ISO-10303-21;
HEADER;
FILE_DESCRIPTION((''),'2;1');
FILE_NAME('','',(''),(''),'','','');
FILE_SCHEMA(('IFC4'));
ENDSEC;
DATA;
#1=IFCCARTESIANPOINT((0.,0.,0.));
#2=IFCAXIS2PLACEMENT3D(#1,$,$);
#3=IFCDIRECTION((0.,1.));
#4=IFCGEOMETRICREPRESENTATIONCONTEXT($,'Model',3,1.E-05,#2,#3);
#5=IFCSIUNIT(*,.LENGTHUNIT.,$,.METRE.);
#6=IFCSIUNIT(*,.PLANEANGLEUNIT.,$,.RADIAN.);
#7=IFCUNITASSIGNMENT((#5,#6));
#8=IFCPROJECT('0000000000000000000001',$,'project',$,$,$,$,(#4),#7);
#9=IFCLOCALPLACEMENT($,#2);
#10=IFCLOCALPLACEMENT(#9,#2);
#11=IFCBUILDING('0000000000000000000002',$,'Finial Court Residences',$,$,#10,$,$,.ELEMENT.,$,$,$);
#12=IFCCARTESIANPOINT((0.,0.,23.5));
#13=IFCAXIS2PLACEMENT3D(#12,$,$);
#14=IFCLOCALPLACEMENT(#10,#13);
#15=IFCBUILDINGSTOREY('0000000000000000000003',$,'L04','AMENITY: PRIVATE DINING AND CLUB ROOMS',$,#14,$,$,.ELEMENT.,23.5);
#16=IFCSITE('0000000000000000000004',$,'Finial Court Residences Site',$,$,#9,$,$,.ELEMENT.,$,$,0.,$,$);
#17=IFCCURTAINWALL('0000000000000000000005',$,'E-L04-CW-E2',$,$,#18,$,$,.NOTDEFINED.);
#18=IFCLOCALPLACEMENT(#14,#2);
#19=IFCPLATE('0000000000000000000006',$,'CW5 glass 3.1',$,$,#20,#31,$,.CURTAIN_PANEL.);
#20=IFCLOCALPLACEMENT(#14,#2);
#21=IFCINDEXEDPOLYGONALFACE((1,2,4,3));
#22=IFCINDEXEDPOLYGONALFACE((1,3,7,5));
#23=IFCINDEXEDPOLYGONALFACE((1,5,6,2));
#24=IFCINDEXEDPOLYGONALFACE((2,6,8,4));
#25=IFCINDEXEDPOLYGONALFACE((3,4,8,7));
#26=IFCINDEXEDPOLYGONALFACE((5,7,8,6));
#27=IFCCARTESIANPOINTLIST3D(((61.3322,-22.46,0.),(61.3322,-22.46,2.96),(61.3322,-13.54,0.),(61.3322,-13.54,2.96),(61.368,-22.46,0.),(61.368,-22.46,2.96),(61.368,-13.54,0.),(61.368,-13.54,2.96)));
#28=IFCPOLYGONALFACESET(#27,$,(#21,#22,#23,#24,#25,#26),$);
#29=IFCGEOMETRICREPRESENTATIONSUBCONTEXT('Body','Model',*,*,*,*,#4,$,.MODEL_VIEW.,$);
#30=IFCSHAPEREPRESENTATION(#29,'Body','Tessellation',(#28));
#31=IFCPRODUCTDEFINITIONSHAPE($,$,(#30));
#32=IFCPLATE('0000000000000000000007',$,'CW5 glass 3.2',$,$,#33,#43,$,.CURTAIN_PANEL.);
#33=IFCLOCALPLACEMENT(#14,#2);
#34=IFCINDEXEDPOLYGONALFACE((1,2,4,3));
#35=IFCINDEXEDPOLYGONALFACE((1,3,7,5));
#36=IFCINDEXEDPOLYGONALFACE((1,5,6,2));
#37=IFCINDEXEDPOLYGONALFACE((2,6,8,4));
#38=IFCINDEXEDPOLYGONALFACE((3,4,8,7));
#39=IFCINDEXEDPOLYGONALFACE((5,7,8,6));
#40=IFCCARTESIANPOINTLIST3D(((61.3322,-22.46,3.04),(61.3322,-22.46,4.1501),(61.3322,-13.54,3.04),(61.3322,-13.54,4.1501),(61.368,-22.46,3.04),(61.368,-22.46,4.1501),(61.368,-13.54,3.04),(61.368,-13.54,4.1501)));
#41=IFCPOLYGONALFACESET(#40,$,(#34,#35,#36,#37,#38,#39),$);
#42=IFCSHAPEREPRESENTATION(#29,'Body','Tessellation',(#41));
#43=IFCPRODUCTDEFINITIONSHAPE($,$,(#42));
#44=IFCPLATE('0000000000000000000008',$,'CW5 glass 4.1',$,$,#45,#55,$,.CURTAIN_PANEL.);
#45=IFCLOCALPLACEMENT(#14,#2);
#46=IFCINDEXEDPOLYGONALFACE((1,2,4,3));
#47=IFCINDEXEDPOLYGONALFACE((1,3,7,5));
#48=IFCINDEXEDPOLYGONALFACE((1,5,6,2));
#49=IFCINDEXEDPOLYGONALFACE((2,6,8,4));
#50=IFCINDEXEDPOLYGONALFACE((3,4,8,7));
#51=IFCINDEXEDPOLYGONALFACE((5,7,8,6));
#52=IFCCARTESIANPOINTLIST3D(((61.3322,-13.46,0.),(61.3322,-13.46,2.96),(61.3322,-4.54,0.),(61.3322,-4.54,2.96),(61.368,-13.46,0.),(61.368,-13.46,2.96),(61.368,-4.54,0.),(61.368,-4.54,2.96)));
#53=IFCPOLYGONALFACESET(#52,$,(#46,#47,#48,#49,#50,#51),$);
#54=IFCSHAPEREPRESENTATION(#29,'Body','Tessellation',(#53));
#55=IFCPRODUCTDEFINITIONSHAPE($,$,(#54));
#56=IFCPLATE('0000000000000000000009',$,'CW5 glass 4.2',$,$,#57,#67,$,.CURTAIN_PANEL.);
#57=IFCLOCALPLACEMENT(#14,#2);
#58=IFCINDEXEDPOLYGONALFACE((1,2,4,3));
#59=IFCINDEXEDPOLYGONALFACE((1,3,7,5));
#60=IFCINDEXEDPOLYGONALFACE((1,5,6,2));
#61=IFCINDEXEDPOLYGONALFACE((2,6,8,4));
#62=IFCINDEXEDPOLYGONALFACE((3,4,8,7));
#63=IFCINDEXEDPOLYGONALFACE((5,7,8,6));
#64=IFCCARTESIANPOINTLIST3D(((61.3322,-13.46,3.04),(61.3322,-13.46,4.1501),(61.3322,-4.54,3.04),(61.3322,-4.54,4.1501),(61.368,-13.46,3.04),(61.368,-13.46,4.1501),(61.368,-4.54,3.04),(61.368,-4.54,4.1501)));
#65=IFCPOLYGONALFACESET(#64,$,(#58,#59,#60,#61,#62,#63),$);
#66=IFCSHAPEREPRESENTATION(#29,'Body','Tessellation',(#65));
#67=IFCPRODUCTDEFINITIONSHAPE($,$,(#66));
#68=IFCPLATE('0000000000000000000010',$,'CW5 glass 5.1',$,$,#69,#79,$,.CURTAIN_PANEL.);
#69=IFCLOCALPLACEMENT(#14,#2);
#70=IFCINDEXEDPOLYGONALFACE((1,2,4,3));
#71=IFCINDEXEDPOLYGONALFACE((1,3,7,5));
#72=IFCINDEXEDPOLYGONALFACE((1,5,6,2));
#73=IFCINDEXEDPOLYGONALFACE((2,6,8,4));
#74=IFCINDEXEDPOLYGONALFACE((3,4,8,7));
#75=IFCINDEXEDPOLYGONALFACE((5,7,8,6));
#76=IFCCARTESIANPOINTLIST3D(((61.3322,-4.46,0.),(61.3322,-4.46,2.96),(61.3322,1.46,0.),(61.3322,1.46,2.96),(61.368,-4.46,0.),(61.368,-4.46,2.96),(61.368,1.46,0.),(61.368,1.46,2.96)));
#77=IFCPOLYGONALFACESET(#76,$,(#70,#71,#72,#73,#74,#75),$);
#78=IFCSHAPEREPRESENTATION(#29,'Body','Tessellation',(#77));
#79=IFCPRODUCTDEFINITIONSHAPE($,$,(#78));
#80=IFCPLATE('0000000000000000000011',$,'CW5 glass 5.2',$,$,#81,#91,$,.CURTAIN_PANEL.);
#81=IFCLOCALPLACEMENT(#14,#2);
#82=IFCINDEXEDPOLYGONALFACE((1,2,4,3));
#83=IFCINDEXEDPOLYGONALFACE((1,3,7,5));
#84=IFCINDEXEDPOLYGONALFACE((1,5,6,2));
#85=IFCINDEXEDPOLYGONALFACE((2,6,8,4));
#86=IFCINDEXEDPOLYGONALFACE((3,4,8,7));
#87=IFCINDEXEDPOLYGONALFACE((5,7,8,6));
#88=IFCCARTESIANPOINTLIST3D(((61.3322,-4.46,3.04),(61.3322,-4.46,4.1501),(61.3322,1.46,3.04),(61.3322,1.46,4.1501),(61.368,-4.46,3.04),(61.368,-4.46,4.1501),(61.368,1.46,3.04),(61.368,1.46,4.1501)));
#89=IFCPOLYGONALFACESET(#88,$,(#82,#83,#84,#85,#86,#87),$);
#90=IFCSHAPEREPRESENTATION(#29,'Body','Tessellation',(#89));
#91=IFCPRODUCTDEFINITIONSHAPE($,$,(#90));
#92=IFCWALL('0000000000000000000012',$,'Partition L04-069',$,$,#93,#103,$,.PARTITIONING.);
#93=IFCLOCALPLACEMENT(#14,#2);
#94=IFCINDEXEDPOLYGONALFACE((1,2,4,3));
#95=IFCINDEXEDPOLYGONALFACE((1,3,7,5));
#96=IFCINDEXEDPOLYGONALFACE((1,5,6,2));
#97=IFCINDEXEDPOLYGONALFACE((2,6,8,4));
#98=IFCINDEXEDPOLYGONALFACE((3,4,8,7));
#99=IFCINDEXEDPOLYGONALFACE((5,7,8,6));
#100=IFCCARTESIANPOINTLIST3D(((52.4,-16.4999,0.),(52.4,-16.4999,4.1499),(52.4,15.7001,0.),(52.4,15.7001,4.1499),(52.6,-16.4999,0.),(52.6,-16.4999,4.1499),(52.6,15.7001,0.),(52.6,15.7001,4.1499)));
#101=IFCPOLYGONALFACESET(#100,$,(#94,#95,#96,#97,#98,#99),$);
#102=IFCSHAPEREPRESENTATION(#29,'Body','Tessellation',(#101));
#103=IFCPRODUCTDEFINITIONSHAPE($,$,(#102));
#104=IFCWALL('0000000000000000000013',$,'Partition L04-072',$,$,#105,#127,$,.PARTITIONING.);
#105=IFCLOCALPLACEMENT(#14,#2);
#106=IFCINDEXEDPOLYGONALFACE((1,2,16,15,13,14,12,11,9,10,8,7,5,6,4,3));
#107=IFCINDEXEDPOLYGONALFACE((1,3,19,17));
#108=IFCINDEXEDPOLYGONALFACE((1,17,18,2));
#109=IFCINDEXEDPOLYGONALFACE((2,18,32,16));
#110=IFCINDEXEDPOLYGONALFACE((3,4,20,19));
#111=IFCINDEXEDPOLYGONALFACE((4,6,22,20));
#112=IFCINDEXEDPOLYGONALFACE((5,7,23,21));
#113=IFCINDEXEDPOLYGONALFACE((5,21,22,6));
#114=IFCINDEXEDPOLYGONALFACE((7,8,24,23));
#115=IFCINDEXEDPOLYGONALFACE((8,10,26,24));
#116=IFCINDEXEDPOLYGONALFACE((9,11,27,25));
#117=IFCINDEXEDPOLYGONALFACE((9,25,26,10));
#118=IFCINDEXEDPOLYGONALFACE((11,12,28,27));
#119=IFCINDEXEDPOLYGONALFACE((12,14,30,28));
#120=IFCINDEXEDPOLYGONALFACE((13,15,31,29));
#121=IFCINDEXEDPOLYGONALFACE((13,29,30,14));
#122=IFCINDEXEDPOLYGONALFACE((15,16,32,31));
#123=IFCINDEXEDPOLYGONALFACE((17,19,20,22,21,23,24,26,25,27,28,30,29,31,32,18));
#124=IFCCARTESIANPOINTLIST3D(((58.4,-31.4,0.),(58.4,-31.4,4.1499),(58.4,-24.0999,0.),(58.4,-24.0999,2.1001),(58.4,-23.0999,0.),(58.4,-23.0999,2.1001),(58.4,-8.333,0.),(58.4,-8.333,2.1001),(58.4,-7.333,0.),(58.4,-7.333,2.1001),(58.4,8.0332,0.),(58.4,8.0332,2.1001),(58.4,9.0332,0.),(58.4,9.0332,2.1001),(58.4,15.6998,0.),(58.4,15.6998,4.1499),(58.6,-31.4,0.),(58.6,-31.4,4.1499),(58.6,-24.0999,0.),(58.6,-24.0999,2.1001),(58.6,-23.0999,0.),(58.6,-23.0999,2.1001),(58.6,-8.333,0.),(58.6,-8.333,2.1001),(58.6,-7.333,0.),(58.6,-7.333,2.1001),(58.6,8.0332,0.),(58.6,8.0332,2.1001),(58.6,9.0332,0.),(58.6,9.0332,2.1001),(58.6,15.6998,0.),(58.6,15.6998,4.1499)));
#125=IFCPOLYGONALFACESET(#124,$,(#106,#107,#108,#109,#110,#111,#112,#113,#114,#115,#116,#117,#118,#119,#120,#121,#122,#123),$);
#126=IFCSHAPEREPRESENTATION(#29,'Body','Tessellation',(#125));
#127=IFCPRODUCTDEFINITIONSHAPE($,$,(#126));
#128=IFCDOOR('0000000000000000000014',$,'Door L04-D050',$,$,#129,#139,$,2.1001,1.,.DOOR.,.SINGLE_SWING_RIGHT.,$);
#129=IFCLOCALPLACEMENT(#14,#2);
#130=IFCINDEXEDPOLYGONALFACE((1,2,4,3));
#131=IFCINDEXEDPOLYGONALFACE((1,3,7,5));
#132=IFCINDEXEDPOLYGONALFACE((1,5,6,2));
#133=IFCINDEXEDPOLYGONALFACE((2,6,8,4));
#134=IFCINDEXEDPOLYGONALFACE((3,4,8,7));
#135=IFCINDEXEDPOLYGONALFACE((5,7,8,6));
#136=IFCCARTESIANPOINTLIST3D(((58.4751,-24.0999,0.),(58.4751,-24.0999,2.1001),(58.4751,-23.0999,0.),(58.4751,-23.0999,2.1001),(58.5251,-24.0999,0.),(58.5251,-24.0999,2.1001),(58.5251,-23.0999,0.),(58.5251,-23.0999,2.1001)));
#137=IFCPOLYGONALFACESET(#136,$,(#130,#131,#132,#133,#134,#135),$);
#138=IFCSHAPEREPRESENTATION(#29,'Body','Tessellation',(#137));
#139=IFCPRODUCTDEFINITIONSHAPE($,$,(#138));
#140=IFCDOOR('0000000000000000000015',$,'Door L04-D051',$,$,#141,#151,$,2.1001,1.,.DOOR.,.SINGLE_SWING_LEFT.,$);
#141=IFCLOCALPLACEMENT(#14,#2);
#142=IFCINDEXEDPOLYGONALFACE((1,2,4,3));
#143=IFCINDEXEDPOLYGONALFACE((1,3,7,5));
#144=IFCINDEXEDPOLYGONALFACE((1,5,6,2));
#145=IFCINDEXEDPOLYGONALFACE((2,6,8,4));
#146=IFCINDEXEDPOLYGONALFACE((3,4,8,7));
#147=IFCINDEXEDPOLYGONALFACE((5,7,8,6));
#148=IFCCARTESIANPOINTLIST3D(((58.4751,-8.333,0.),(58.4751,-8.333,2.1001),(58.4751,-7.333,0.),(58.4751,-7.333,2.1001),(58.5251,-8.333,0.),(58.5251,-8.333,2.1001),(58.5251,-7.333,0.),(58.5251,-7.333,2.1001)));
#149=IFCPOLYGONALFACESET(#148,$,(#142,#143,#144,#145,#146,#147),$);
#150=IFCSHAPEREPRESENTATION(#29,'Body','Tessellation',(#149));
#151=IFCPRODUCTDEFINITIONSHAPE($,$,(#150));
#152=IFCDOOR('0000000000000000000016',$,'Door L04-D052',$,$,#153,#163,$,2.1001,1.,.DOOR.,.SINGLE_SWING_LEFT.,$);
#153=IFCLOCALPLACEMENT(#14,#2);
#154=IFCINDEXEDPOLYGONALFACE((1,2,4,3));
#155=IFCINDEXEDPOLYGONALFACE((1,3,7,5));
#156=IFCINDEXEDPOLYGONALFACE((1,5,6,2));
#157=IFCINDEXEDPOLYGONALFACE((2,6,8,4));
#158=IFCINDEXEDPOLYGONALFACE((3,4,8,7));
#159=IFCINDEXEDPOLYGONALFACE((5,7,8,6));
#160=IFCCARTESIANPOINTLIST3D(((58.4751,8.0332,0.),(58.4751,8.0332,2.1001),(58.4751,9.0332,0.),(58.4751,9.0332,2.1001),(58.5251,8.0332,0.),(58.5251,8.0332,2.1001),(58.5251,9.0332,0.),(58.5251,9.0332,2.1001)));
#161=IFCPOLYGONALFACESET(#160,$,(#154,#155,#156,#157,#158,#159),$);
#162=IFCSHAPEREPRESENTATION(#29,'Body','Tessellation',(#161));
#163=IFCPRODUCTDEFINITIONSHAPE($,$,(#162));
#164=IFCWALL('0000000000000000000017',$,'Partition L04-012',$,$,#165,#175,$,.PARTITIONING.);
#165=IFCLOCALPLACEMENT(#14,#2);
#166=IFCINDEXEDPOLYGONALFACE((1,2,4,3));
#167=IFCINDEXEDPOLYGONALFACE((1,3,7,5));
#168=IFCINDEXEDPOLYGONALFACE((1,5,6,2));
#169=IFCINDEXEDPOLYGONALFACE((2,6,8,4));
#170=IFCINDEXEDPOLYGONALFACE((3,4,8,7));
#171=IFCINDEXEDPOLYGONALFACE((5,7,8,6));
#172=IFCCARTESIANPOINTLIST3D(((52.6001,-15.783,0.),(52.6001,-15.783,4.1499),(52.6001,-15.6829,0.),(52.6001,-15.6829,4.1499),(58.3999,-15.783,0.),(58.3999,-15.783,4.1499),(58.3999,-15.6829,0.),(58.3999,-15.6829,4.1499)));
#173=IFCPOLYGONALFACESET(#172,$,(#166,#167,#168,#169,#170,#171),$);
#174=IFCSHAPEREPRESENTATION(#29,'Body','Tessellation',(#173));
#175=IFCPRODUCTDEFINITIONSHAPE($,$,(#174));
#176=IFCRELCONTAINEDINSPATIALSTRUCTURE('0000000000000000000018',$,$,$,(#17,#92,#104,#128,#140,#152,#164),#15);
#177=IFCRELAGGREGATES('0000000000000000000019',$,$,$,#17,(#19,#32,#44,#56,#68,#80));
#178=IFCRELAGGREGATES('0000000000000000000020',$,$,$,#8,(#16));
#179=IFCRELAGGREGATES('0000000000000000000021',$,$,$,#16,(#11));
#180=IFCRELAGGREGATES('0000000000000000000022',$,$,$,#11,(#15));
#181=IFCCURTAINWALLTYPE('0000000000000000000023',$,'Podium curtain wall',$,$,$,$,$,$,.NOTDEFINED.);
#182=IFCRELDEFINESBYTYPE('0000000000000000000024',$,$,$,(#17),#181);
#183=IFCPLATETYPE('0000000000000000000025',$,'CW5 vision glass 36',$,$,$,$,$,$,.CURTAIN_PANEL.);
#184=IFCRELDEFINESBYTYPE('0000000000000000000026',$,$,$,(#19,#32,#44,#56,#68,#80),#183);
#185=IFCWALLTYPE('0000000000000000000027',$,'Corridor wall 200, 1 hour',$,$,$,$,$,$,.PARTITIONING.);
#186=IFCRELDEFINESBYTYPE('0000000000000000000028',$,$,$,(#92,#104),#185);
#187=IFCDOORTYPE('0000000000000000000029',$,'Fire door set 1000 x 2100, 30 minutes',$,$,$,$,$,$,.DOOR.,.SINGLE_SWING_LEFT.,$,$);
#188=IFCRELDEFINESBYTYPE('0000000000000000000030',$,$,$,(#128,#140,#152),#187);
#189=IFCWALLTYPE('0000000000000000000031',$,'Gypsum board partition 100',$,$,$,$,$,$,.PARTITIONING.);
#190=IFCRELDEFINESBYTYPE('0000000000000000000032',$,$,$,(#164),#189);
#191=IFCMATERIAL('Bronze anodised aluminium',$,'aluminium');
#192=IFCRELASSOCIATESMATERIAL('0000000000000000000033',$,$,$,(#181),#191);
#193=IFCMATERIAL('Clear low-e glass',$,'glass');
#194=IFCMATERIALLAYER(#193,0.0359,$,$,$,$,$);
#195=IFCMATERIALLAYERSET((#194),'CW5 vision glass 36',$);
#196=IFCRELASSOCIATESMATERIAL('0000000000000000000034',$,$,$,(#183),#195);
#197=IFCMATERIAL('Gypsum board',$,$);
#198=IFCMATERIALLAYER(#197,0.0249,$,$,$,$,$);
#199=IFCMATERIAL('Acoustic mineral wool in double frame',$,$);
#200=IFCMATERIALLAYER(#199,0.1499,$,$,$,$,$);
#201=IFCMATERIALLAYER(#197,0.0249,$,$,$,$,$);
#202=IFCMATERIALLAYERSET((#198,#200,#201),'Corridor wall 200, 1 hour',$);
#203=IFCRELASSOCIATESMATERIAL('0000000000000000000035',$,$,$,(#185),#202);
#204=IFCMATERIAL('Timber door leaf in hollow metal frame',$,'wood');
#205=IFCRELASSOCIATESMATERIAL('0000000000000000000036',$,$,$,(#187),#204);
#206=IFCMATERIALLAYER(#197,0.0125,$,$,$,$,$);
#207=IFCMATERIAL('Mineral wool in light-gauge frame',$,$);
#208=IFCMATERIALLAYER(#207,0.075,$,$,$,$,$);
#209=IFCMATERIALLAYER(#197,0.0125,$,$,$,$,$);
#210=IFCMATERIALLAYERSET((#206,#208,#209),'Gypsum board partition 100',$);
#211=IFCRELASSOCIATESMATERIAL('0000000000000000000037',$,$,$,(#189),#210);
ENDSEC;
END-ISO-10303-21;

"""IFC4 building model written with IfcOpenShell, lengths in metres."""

from ifc_helpers import new_model, si_unit, direction, frame, frame_2d, origin, origin_2d, place, context, subcontext, project, spatial, rectangle, extrude, material, layer, layer_set, type_object, element, fill, aggregate, save


model = new_model("IFC4")

# Units and contexts
model_context = context("Model", 3, precision=1e-05, world=origin(), true_north=direction((0.0, 1.0)))
body_context = subcontext(model_context, "Body", "Model", "MODEL_VIEW")
ifc_project = project(units=[si_unit("LENGTHUNIT", "METRE"), si_unit("PLANEANGLEUNIT", "RADIAN")], contexts=[model_context])

# Site, building, storey
site_placement = place(None, origin())
site = spatial("IfcSite", under=ifc_project, at=site_placement, Name="Finial Court Residences Site", CompositionType="ELEMENT", RefElevation=0.0)
building_placement = place(site_placement, origin())
building = spatial("IfcBuilding", under=site, at=building_placement, Name="Finial Court Residences", CompositionType="ELEMENT")
storey_placement = place(building_placement, frame((0.0, 0.0, 23.5)))
storey = spatial("IfcBuildingStorey", under=building, at=storey_placement, Name="L04", Description="AMENITY: PRIVATE DINING AND CLUB ROOMS", CompositionType="ELEMENT", Elevation=23.5)

# Curtain wall, plates
ifc_material_1 = material(Name="Bronze anodised aluminium", Category="aluminium")
curtain_wall_type = type_object("IfcCurtainWallType", Name="Podium curtain wall", PredefinedType="NOTDEFINED", material=ifc_material_1)
curtain_wall_placement = place(storey_placement, origin())
curtain_wall = element("IfcCurtainWall", 1, at=curtain_wall_placement, inside=storey, type_object=curtain_wall_type, Name="E-L04-CW-E2", PredefinedType="NOTDEFINED")
ifc_material_2 = material(Name="Clear low-e glass", Category="glass")
ifc_layer_1 = layer(ifc_material_2, 0.0359)
ifc_layer_set_1 = layer_set([ifc_layer_1], Name="CW5 vision glass 36")
plate_type = type_object("IfcPlateType", Name="CW5 vision glass 36", PredefinedType="CURTAIN_PANEL", material=ifc_layer_set_1)
plate_1_placement = place(storey_placement, frame((61.3501, -18.0, 0.0), z_axis=(0.0, 0.0, 1.0), x_axis=(0.0, 1.0, 0.0)))
plate_1 = element("IfcPlate", 2, at=plate_1_placement, type_object=plate_type, Name="CW5 glass 3.1", PredefinedType="CURTAIN_PANEL", context=body_context, shape_type="SweptSolid", body=[
    extrude(rectangle(XDim=8.9199, YDim=0.0359, at=origin_2d()), origin(), (0.0, 0.0, 1.0), 2.96),
])
plate_2_placement = place(storey_placement, frame((61.3501, -18.0, 3.04), z_axis=(0.0, 0.0, 1.0), x_axis=(0.0, 1.0, 0.0)))
plate_2 = element("IfcPlate", 3, at=plate_2_placement, type_object=plate_type, Name="CW5 glass 3.2", PredefinedType="CURTAIN_PANEL", context=body_context, shape_type="SweptSolid", body=[
    extrude(rectangle(XDim=8.9199, YDim=0.0359, at=origin_2d()), origin(), (0.0, 0.0, 1.0), 1.1101),
])
plate_3_placement = place(storey_placement, frame((61.3501, -9.0, 0.0), z_axis=(0.0, 0.0, 1.0), x_axis=(0.0, 1.0, 0.0)))
plate_3 = element("IfcPlate", 4, at=plate_3_placement, type_object=plate_type, Name="CW5 glass 4.1", PredefinedType="CURTAIN_PANEL", context=body_context, shape_type="SweptSolid", body=[
    extrude(rectangle(XDim=8.9199, YDim=0.0359, at=origin_2d()), origin(), (0.0, 0.0, 1.0), 2.96),
])
plate_4_placement = place(storey_placement, frame((61.3501, -9.0, 3.04), z_axis=(0.0, 0.0, 1.0), x_axis=(0.0, 1.0, 0.0)))
plate_4 = element("IfcPlate", 5, at=plate_4_placement, type_object=plate_type, Name="CW5 glass 4.2", PredefinedType="CURTAIN_PANEL", context=body_context, shape_type="SweptSolid", body=[
    extrude(rectangle(XDim=8.9199, YDim=0.0359, at=origin_2d()), origin(), (0.0, 0.0, 1.0), 1.1101),
])
plate_5_placement = place(storey_placement, frame((61.3501, -1.5, 0.0), z_axis=(0.0, 0.0, 1.0), x_axis=(0.0, 1.0, 0.0)))
plate_5 = element("IfcPlate", 6, at=plate_5_placement, type_object=plate_type, Name="CW5 glass 5.1", PredefinedType="CURTAIN_PANEL", context=body_context, shape_type="SweptSolid", body=[
    extrude(rectangle(XDim=5.9199, YDim=0.0359, at=origin_2d()), origin(), (0.0, 0.0, 1.0), 2.96),
])
plate_6_placement = place(storey_placement, frame((61.3501, -1.5, 3.04), z_axis=(0.0, 0.0, 1.0), x_axis=(0.0, 1.0, 0.0)))
plate_6 = element("IfcPlate", 7, at=plate_6_placement, type_object=plate_type, Name="CW5 glass 5.2", PredefinedType="CURTAIN_PANEL", context=body_context, shape_type="SweptSolid", body=[
    extrude(rectangle(XDim=5.9199, YDim=0.0359, at=origin_2d()), origin(), (0.0, 0.0, 1.0), 1.1101),
])
aggregate(curtain_wall, [plate_1, plate_2, plate_3, plate_4, plate_5, plate_6])

# Wall
ifc_material_3 = material(Name="Gypsum board")
ifc_layer_2 = layer(ifc_material_3, 0.0249)
ifc_material_4 = material(Name="Acoustic mineral wool in double frame")
ifc_layer_3 = layer(ifc_material_4, 0.1499)
ifc_layer_4 = layer(ifc_material_3, 0.0249)
ifc_layer_set_2 = layer_set([ifc_layer_2, ifc_layer_3, ifc_layer_4], Name="Corridor wall 200, 1 hour")
wall_type_1 = type_object("IfcWallType", Name="Corridor wall 200, 1 hour", PredefinedType="PARTITIONING", material=ifc_layer_set_2)
wall_1_placement = place(storey_placement, frame((52.5, -16.5, 0.0), z_axis=(0.0, 0.0, 1.0), x_axis=(0.0, 1.0, 0.0)))
element("IfcWall", 8, at=wall_1_placement, inside=storey, type_object=wall_type_1, Name="Partition L04-069", PredefinedType="PARTITIONING", context=body_context, shape_type="SweptSolid", body=[
    extrude(rectangle(XDim=32.2, YDim=0.2, at=frame_2d((16.1001, 0.0))), origin(), (0.0, 0.0, 1.0), 4.1499),
])

# Wall, openings, doors
wall_2_placement = place(storey_placement, frame((58.5, -31.3999, 0.0), z_axis=(0.0, 0.0, 1.0), x_axis=(0.0, 1.0, 0.0)))
wall_2 = element("IfcWall", 9, at=wall_2_placement, inside=storey, type_object=wall_type_1, Name="Partition L04-072", PredefinedType="PARTITIONING", context=body_context, shape_type="SweptSolid", body=[
    extrude(rectangle(XDim=47.0999, YDim=0.2, at=frame_2d((23.5498, 0.0))), origin(), (0.0, 0.0, 1.0), 4.1499),
])
opening_1_placement = place(wall_2_placement, frame((7.3, 0.0, 0.0)))
opening_1 = element("IfcOpeningElement", 10, at=opening_1_placement, cuts=wall_2, PredefinedType="OPENING", context=body_context, shape_type="SweptSolid", body=[
    extrude(rectangle(XDim=1.0, YDim=2.1001, at=frame_2d((0.5, 1.05))), frame((0.0, 0.1099, 0.0), z_axis=(0.0, -1.0, 0.0), x_axis=(1.0, 0.0, 0.0)), (0.0, 0.0, 1.0), 0.22),
])
opening_2_placement = place(wall_2_placement, frame((23.0669, 0.0, 0.0)))
opening_2 = element("IfcOpeningElement", 11, at=opening_2_placement, cuts=wall_2, PredefinedType="OPENING", context=body_context, shape_type="SweptSolid", body=[
    extrude(rectangle(XDim=1.0, YDim=2.1001, at=frame_2d((0.5, 1.05))), frame((0.0, 0.1099, 0.0), z_axis=(0.0, -1.0, 0.0), x_axis=(1.0, 0.0, 0.0)), (0.0, 0.0, 1.0), 0.22),
])
opening_3_placement = place(wall_2_placement, frame((39.4331, 0.0, 0.0)))
opening_3 = element("IfcOpeningElement", 12, at=opening_3_placement, cuts=wall_2, PredefinedType="OPENING", context=body_context, shape_type="SweptSolid", body=[
    extrude(rectangle(XDim=1.0, YDim=2.1001, at=frame_2d((0.5, 1.05))), frame((0.0, 0.1099, 0.0), z_axis=(0.0, -1.0, 0.0), x_axis=(1.0, 0.0, 0.0)), (0.0, 0.0, 1.0), 0.22),
])
ifc_material_5 = material(Name="Timber door leaf in hollow metal frame", Category="wood")
door_type = type_object("IfcDoorType", Name="Fire door set 1000 x 2100, 30 minutes", OperationType="SINGLE_SWING_LEFT", PredefinedType="DOOR", material=ifc_material_5)
door_1_placement = place(opening_1_placement, origin())
door_1 = element("IfcDoor", 13, at=door_1_placement, inside=storey, type_object=door_type, Name="Door L04-D050", OperationType="SINGLE_SWING_RIGHT", OverallHeight=2.1001, OverallWidth=1.0, PredefinedType="DOOR", context=body_context, shape_type="SweptSolid", body=[
    extrude(rectangle(XDim=1.0, YDim=2.1001, at=frame_2d((0.5, 1.05))), frame((0.0, 0.0249, 0.0), z_axis=(0.0, -1.0, 0.0), x_axis=(1.0, 0.0, 0.0)), (0.0, 0.0, 1.0), 0.05),
])
fill(opening_1, door_1)
door_2_placement = place(opening_2_placement, origin())
door_2 = element("IfcDoor", 14, at=door_2_placement, inside=storey, type_object=door_type, Name="Door L04-D051", OperationType="SINGLE_SWING_LEFT", OverallHeight=2.1001, OverallWidth=1.0, PredefinedType="DOOR", context=body_context, shape_type="SweptSolid", body=[
    extrude(rectangle(XDim=1.0, YDim=2.1001, at=frame_2d((0.5, 1.05))), frame((0.0, 0.0249, 0.0), z_axis=(0.0, -1.0, 0.0), x_axis=(1.0, 0.0, 0.0)), (0.0, 0.0, 1.0), 0.05),
])
fill(opening_2, door_2)
door_3_placement = place(opening_3_placement, origin())
door_3 = element("IfcDoor", 15, at=door_3_placement, inside=storey, type_object=door_type, Name="Door L04-D052", OperationType="SINGLE_SWING_LEFT", OverallHeight=2.1001, OverallWidth=1.0, PredefinedType="DOOR", context=body_context, shape_type="SweptSolid", body=[
    extrude(rectangle(XDim=1.0, YDim=2.1001, at=frame_2d((0.5, 1.05))), frame((0.0, 0.0249, 0.0), z_axis=(0.0, -1.0, 0.0), x_axis=(1.0, 0.0, 0.0)), (0.0, 0.0, 1.0), 0.05),
])
fill(opening_3, door_3)

# Wall
ifc_layer_5 = layer(ifc_material_3, 0.0125)
ifc_material_6 = material(Name="Mineral wool in light-gauge frame")
ifc_layer_6 = layer(ifc_material_6, 0.075)
ifc_layer_7 = layer(ifc_material_3, 0.0125)
ifc_layer_set_3 = layer_set([ifc_layer_5, ifc_layer_6, ifc_layer_7], Name="Gypsum board partition 100")
wall_type_2 = type_object("IfcWallType", Name="Gypsum board partition 100", PredefinedType="PARTITIONING", material=ifc_layer_set_3)
wall_3_placement = place(storey_placement, frame((52.6001, -15.7329, 0.0), z_axis=(0.0, 0.0, 1.0), x_axis=(1.0, 0.0, 0.0)))
element("IfcWall", 16, at=wall_3_placement, inside=storey, type_object=wall_type_2, Name="Partition L04-012", PredefinedType="PARTITIONING", context=body_context, shape_type="SweptSolid", body=[
    extrude(rectangle(XDim=5.7998, YDim=0.1001, at=frame_2d((2.8999, 0.0))), origin(), (0.0, 0.0, 1.0), 4.1499),
])

save(model, "model.ifc")
